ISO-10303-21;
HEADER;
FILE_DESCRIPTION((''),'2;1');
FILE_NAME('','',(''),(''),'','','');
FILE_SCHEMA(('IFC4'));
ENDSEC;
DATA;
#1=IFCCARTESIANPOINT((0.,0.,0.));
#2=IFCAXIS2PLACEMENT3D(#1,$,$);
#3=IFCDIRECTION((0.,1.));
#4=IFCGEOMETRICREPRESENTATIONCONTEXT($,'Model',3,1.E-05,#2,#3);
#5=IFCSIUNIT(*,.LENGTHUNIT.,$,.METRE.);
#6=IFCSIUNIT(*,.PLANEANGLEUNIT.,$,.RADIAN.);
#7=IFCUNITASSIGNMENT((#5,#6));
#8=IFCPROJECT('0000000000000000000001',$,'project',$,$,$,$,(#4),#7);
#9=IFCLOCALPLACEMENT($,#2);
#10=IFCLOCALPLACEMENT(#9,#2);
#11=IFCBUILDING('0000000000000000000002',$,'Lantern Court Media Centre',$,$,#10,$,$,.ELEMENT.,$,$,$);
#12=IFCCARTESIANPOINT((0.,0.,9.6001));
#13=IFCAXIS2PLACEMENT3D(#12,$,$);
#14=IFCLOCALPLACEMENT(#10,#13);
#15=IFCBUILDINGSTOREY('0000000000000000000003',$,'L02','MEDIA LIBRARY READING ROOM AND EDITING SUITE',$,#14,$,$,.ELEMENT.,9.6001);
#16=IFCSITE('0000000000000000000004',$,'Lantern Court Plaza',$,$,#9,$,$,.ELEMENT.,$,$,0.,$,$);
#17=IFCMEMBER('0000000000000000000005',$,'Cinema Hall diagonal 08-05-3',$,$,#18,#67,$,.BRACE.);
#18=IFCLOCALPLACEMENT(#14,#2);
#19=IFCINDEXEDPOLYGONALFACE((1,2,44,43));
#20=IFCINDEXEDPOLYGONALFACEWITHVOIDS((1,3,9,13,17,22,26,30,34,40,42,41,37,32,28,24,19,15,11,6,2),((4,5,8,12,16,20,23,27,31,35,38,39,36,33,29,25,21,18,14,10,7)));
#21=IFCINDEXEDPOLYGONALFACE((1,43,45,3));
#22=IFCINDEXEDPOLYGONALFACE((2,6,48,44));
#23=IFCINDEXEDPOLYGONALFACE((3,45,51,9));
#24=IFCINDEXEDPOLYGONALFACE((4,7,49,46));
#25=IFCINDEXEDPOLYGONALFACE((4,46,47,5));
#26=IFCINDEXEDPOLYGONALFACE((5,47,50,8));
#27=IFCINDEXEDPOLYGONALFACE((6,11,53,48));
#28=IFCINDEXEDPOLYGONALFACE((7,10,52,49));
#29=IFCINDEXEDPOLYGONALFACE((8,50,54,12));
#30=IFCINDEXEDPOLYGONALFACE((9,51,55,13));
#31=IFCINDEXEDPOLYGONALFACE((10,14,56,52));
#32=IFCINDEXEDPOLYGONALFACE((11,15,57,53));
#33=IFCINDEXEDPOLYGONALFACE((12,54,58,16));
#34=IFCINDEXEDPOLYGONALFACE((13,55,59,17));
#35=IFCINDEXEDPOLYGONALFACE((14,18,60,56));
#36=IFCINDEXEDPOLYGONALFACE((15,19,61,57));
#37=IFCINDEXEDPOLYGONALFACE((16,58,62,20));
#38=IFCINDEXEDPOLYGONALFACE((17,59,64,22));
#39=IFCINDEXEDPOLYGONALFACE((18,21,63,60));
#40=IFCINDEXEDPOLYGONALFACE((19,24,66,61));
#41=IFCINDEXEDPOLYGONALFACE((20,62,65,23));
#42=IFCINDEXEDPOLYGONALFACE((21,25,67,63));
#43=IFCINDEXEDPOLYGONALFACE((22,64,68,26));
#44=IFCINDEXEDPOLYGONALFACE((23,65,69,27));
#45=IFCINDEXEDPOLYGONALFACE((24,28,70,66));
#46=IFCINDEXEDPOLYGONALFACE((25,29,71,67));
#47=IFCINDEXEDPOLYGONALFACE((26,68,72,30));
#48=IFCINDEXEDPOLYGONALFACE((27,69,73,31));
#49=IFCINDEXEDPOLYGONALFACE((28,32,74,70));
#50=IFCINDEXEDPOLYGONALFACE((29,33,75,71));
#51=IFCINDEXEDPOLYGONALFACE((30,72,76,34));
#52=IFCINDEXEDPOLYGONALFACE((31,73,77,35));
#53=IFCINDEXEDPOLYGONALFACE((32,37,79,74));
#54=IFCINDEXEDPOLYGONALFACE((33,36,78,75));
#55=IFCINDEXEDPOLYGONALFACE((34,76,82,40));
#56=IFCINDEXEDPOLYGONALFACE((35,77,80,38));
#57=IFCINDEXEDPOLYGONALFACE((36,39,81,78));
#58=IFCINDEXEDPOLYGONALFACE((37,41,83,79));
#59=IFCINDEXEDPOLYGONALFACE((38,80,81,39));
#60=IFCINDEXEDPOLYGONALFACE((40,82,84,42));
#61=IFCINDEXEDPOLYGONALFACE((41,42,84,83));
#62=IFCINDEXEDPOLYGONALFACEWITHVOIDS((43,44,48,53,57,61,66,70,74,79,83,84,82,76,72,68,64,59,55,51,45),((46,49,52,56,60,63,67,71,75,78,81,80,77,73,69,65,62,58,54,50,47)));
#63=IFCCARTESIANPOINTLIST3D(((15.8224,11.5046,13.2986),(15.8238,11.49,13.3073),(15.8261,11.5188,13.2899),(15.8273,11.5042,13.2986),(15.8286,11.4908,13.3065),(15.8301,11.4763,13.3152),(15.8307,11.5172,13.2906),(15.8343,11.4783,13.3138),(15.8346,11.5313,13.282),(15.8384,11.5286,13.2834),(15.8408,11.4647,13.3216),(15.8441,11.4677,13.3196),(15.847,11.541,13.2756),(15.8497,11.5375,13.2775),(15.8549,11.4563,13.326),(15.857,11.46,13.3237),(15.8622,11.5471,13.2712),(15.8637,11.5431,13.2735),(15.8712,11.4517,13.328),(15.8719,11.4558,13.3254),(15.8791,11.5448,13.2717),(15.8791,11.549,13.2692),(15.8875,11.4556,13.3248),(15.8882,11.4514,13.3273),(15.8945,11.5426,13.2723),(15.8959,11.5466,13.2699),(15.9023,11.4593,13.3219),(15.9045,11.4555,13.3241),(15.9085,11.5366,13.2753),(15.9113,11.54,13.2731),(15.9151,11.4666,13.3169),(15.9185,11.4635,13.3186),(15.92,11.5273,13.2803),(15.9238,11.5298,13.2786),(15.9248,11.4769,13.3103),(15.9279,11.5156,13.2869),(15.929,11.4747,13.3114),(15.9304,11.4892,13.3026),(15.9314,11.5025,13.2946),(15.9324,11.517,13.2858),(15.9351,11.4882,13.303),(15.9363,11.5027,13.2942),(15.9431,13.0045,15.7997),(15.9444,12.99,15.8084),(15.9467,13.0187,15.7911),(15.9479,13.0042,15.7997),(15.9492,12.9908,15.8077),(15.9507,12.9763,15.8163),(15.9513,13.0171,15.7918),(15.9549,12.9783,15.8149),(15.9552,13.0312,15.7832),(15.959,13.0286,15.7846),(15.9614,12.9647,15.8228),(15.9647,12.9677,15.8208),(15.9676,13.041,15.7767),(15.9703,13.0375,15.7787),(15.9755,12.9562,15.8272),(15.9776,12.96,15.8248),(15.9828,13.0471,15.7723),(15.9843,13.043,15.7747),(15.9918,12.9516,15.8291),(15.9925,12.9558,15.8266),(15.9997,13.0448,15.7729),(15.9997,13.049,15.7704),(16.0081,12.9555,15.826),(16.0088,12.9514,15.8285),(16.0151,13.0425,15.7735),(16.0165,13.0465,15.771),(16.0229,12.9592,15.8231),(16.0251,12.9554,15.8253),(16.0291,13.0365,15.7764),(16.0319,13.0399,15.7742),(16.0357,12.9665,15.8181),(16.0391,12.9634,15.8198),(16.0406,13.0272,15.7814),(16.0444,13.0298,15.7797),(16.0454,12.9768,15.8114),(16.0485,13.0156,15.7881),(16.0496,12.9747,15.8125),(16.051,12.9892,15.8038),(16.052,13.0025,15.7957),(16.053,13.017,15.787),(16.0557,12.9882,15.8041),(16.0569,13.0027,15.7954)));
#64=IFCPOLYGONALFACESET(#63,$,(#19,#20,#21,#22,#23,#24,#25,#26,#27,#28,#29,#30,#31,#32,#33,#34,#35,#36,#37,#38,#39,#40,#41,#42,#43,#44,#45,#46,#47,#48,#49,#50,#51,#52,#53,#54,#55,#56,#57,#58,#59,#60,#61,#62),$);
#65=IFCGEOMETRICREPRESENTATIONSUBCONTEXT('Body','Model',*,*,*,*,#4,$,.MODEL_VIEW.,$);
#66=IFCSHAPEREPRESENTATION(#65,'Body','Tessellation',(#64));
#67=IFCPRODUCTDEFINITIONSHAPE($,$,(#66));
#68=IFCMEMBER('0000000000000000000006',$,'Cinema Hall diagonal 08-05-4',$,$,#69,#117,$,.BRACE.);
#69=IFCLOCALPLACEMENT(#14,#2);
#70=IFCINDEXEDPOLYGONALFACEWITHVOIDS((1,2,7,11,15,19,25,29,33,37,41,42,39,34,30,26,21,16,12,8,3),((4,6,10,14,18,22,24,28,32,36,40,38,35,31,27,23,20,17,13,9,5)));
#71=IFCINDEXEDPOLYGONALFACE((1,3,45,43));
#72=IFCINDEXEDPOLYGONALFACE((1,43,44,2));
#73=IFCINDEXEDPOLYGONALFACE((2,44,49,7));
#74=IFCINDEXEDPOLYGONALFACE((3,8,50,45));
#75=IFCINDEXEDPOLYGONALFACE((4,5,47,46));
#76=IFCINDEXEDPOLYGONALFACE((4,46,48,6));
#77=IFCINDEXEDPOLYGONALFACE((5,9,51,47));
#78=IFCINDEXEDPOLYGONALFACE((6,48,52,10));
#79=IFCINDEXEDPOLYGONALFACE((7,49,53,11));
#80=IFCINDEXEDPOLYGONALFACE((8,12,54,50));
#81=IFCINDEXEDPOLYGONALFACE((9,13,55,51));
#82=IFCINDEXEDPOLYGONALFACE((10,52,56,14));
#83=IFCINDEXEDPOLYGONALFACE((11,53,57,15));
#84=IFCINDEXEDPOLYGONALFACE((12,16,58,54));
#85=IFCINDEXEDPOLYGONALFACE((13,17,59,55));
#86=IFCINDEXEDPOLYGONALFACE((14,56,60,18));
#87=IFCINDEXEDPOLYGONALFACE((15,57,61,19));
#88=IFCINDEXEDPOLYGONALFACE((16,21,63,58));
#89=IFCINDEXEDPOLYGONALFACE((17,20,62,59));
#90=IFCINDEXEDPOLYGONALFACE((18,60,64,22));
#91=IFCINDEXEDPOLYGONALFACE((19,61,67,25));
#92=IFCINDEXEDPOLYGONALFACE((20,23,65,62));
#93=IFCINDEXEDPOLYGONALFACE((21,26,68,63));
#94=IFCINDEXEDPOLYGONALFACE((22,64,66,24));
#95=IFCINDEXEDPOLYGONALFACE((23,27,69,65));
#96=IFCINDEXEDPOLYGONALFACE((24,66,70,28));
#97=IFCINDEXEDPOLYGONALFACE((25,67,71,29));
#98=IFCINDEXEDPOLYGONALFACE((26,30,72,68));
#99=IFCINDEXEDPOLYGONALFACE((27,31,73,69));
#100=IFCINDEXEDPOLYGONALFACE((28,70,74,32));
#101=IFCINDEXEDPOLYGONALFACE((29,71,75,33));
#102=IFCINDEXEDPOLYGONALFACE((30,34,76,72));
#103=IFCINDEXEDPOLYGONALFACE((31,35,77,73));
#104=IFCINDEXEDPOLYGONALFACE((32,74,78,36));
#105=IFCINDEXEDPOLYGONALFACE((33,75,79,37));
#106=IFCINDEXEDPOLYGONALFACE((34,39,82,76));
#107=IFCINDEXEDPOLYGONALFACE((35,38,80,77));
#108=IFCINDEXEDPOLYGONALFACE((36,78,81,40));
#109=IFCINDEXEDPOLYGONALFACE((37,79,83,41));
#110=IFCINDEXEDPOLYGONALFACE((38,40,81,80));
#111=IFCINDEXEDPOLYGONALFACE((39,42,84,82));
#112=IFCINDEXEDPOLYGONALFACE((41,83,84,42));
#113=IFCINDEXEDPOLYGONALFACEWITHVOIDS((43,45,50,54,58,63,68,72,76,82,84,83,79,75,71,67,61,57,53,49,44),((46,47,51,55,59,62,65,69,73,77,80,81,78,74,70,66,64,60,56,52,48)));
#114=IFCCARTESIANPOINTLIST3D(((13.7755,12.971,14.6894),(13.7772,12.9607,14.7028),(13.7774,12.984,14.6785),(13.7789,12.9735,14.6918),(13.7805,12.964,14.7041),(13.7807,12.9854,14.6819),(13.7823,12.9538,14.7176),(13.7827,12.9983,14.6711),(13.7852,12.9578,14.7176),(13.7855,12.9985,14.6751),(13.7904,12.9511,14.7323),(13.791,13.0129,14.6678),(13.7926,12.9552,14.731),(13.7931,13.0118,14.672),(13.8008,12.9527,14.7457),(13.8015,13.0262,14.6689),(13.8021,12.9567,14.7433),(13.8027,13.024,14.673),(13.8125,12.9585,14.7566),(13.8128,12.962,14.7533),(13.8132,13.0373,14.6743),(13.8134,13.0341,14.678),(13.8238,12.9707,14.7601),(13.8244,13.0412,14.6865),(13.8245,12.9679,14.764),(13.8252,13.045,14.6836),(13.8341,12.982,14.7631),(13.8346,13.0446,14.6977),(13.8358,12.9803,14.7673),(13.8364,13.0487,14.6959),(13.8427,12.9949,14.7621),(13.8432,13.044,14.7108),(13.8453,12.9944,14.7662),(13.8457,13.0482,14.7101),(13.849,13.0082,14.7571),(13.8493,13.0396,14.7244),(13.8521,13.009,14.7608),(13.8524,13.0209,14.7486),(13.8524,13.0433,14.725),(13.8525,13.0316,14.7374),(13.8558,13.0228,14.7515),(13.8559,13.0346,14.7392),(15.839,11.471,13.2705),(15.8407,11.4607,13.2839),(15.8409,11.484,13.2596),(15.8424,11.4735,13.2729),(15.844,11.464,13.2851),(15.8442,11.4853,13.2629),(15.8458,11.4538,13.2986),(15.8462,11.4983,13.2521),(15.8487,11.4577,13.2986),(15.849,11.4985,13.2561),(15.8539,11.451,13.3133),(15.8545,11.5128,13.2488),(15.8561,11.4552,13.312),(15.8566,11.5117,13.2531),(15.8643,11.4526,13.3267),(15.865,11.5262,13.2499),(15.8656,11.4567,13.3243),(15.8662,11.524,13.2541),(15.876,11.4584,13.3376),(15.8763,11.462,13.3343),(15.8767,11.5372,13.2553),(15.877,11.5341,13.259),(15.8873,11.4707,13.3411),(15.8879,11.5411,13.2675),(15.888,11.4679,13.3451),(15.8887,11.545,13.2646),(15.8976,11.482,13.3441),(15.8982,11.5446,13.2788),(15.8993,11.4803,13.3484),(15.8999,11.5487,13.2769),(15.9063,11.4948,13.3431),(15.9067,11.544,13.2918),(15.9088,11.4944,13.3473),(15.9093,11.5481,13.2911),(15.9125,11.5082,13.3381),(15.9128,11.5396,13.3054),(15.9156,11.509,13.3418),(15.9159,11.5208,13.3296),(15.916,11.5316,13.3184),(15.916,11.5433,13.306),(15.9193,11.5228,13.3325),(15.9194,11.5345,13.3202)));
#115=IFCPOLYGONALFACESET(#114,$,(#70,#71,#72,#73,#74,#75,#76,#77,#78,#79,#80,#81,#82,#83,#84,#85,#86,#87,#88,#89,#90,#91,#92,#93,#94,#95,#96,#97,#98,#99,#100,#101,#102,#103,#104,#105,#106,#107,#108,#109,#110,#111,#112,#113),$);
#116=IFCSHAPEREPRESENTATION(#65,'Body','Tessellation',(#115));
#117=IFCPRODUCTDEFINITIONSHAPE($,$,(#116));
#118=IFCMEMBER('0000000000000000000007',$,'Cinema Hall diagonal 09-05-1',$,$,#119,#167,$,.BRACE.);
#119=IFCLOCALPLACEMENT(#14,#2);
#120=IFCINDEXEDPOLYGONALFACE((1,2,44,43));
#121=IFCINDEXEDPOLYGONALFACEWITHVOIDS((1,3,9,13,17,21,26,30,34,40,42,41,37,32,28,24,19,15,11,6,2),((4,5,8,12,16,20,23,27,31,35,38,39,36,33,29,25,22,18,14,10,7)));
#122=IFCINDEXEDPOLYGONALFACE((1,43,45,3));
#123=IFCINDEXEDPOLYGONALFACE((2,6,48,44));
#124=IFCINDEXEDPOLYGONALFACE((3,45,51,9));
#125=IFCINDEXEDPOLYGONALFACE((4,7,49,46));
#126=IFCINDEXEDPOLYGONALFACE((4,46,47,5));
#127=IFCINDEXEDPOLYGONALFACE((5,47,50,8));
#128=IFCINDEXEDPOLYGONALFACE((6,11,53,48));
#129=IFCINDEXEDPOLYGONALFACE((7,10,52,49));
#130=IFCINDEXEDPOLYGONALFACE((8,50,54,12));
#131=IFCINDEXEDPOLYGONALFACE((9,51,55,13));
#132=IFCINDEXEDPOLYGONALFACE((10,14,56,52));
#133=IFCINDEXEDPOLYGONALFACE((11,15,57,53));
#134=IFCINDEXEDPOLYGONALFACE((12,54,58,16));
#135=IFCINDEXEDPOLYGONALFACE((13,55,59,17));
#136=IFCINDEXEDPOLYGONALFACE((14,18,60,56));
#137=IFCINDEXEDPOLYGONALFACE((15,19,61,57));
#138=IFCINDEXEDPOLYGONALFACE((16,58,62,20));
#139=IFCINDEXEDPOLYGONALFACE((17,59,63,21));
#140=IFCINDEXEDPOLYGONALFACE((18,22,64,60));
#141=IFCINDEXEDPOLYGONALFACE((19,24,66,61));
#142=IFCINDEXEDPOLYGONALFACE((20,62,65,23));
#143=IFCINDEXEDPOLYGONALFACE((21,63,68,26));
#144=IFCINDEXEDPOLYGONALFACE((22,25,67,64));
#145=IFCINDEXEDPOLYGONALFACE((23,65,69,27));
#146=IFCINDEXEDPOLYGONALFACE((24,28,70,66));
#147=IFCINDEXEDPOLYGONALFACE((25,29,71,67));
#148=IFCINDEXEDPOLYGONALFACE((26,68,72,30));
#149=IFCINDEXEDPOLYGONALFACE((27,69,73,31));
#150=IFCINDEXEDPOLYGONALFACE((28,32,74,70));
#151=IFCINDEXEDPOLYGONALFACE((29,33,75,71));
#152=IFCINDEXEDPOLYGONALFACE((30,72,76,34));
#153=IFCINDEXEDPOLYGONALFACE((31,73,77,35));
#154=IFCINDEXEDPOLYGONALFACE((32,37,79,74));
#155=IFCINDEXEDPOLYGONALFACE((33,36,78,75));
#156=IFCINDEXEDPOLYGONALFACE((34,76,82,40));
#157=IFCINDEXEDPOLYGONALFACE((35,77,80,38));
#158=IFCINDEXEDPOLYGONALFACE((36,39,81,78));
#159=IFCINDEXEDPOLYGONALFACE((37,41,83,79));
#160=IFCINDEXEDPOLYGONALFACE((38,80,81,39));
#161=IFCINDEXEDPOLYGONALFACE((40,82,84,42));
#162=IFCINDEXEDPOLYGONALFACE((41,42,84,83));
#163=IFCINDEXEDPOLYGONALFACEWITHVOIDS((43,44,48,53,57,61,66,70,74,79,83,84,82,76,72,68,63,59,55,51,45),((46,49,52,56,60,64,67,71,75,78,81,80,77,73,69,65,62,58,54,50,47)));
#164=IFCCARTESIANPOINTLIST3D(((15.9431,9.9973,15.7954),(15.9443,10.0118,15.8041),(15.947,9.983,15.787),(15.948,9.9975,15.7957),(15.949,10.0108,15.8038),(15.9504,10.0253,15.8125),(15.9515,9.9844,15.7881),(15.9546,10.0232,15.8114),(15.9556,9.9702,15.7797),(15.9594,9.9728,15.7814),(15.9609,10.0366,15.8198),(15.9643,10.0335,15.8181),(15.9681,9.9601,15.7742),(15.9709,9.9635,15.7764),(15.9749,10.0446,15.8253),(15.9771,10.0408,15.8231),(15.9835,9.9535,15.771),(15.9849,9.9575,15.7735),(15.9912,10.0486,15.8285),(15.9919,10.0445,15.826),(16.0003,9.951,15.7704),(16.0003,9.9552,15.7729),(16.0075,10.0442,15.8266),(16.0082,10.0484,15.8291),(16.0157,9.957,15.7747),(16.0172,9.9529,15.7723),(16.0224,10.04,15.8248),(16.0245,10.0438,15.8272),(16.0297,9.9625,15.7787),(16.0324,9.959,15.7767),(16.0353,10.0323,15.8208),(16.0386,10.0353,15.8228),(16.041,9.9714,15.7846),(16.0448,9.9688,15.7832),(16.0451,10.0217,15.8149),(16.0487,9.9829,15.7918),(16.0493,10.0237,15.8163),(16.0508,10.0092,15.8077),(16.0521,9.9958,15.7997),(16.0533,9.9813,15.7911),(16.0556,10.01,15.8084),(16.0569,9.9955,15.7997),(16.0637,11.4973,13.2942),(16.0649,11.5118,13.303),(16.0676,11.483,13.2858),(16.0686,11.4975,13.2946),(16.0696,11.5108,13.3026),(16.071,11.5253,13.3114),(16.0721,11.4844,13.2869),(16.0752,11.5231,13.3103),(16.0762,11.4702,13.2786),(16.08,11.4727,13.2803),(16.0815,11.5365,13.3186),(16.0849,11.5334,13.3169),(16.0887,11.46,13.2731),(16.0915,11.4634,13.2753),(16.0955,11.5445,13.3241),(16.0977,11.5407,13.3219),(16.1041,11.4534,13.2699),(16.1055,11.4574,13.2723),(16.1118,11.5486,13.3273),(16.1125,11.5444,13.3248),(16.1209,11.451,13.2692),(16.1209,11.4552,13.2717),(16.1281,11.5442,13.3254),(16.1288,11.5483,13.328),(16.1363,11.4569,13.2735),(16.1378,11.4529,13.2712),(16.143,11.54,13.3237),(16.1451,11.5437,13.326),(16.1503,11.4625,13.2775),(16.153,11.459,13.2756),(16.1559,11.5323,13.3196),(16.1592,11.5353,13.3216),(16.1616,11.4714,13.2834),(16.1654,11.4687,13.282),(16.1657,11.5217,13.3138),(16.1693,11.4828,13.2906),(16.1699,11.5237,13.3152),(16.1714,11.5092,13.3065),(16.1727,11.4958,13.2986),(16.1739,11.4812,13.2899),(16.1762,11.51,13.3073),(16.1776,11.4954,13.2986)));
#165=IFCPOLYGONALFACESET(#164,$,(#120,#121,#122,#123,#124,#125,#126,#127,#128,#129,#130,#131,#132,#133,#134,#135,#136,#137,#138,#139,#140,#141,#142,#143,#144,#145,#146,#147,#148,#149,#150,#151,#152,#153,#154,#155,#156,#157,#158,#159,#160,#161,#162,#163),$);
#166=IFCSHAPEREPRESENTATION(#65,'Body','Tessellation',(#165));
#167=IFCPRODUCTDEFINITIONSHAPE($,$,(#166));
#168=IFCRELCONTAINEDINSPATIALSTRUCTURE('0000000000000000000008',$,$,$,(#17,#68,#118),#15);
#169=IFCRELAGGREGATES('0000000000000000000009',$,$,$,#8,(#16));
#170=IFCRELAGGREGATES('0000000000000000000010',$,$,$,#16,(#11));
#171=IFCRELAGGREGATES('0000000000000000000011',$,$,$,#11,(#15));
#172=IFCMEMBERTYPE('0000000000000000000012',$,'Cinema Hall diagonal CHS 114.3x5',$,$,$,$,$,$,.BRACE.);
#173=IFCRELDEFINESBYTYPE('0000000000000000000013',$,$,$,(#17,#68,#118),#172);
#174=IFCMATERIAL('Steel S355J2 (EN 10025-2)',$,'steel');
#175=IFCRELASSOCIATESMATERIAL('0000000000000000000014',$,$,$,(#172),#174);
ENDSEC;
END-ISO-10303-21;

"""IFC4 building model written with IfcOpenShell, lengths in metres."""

from ifc_helpers import new_model, si_unit, direction, frame, origin, origin_2d, place, context, subcontext, project, spatial, hollow_circle, extrude, material, material_profile, profile_set, type_object, element, save


model = new_model("IFC4")

# Units and contexts
model_context = context("Model", 3, precision=1e-05, world=origin(), true_north=direction((0.0, 1.0)))
body_context = subcontext(model_context, "Body", "Model", "MODEL_VIEW")
ifc_project = project(units=[si_unit("LENGTHUNIT", "METRE"), si_unit("PLANEANGLEUNIT", "RADIAN")], contexts=[model_context])

# Site, building, storey
site_placement = place(None, origin())
site = spatial("IfcSite", under=ifc_project, at=site_placement, Name="Lantern Court Plaza", CompositionType="ELEMENT", RefElevation=0.0)
building_placement = place(site_placement, origin())
building = spatial("IfcBuilding", under=site, at=building_placement, Name="Lantern Court Media Centre", CompositionType="ELEMENT")
storey_placement = place(building_placement, frame((0.0, 0.0, 9.6001)))
storey = spatial("IfcBuildingStorey", under=building, at=storey_placement, Name="L02", Description="MEDIA LIBRARY READING ROOM AND EDITING SUITE", CompositionType="ELEMENT", Elevation=9.6001)

# Members
ifc_material = material(Name="Steel S355J2 (EN 10025-2)", Category="steel")
ifc_material_profile_1 = material_profile(ifc_material, hollow_circle(Radius=0.0571, WallThickness=0.0049, at=origin_2d()), Name="Cinema Hall diagonal CHS 114.3x5")
ifc_profile_set_1 = profile_set([ifc_material_profile_1], Name="Steel S355J2 (EN 10025-2)")
member_type_1 = type_object("IfcMemberType", Name="Cinema Hall diagonal CHS 114.3x5", PredefinedType="BRACE", material=ifc_profile_set_1)
for number, where, z_axis, x_axis, name in (
    (1, (15.8794, 11.5, 13.2986), (0.041317, 0.513872, 0.856871), (-0.996783, 0.080145, 0.0), "Cinema Hall diagonal 08-05-3"),
):
    element("IfcMember", number, at=place(storey_placement, frame(where, z_axis=z_axis, x_axis=x_axis)), inside=storey, type_object=member_type_1, Name=name, PredefinedType="BRACE", context=body_context, shape_type="SweptSolid", body=[
        extrude(hollow_circle(Radius=0.0571, WallThickness=0.0049, at=origin_2d()), origin(), (0.0, 0.0, 1.0), 2.9189),
    ])
member_1_placement = place(storey_placement, frame((15.8794, 11.5, 13.2986), z_axis=(-0.70688, 0.513851, 0.486084), x_axis=(-0.58799, -0.808868, 0.0)))
element("IfcMember", 2, at=member_1_placement, inside=storey, type_object=member_type_1, Name="Cinema Hall diagonal 08-05-4", PredefinedType="BRACE", context=body_context, shape_type="SweptSolid", body=[
    extrude(hollow_circle(Radius=0.0571, WallThickness=0.0049, at=origin_2d()), origin(), (0.0, 0.0, 1.0), 2.9192),
])
member_2_placement = place(storey_placement, frame((16.1206, 11.5, 13.2986), z_axis=(-0.041317, -0.513872, 0.856871), x_axis=(0.996783, -0.080145, 0.0)))
element("IfcMember", 3, at=member_2_placement, inside=storey, type_object=member_type_1, Name="Cinema Hall diagonal 09-05-1", PredefinedType="BRACE", context=body_context, shape_type="SweptSolid", body=[
    extrude(hollow_circle(Radius=0.0571, WallThickness=0.0049, at=origin_2d()), origin(), (0.0, 0.0, 1.0), 2.9189),
])

save(model, "model.ifc")
